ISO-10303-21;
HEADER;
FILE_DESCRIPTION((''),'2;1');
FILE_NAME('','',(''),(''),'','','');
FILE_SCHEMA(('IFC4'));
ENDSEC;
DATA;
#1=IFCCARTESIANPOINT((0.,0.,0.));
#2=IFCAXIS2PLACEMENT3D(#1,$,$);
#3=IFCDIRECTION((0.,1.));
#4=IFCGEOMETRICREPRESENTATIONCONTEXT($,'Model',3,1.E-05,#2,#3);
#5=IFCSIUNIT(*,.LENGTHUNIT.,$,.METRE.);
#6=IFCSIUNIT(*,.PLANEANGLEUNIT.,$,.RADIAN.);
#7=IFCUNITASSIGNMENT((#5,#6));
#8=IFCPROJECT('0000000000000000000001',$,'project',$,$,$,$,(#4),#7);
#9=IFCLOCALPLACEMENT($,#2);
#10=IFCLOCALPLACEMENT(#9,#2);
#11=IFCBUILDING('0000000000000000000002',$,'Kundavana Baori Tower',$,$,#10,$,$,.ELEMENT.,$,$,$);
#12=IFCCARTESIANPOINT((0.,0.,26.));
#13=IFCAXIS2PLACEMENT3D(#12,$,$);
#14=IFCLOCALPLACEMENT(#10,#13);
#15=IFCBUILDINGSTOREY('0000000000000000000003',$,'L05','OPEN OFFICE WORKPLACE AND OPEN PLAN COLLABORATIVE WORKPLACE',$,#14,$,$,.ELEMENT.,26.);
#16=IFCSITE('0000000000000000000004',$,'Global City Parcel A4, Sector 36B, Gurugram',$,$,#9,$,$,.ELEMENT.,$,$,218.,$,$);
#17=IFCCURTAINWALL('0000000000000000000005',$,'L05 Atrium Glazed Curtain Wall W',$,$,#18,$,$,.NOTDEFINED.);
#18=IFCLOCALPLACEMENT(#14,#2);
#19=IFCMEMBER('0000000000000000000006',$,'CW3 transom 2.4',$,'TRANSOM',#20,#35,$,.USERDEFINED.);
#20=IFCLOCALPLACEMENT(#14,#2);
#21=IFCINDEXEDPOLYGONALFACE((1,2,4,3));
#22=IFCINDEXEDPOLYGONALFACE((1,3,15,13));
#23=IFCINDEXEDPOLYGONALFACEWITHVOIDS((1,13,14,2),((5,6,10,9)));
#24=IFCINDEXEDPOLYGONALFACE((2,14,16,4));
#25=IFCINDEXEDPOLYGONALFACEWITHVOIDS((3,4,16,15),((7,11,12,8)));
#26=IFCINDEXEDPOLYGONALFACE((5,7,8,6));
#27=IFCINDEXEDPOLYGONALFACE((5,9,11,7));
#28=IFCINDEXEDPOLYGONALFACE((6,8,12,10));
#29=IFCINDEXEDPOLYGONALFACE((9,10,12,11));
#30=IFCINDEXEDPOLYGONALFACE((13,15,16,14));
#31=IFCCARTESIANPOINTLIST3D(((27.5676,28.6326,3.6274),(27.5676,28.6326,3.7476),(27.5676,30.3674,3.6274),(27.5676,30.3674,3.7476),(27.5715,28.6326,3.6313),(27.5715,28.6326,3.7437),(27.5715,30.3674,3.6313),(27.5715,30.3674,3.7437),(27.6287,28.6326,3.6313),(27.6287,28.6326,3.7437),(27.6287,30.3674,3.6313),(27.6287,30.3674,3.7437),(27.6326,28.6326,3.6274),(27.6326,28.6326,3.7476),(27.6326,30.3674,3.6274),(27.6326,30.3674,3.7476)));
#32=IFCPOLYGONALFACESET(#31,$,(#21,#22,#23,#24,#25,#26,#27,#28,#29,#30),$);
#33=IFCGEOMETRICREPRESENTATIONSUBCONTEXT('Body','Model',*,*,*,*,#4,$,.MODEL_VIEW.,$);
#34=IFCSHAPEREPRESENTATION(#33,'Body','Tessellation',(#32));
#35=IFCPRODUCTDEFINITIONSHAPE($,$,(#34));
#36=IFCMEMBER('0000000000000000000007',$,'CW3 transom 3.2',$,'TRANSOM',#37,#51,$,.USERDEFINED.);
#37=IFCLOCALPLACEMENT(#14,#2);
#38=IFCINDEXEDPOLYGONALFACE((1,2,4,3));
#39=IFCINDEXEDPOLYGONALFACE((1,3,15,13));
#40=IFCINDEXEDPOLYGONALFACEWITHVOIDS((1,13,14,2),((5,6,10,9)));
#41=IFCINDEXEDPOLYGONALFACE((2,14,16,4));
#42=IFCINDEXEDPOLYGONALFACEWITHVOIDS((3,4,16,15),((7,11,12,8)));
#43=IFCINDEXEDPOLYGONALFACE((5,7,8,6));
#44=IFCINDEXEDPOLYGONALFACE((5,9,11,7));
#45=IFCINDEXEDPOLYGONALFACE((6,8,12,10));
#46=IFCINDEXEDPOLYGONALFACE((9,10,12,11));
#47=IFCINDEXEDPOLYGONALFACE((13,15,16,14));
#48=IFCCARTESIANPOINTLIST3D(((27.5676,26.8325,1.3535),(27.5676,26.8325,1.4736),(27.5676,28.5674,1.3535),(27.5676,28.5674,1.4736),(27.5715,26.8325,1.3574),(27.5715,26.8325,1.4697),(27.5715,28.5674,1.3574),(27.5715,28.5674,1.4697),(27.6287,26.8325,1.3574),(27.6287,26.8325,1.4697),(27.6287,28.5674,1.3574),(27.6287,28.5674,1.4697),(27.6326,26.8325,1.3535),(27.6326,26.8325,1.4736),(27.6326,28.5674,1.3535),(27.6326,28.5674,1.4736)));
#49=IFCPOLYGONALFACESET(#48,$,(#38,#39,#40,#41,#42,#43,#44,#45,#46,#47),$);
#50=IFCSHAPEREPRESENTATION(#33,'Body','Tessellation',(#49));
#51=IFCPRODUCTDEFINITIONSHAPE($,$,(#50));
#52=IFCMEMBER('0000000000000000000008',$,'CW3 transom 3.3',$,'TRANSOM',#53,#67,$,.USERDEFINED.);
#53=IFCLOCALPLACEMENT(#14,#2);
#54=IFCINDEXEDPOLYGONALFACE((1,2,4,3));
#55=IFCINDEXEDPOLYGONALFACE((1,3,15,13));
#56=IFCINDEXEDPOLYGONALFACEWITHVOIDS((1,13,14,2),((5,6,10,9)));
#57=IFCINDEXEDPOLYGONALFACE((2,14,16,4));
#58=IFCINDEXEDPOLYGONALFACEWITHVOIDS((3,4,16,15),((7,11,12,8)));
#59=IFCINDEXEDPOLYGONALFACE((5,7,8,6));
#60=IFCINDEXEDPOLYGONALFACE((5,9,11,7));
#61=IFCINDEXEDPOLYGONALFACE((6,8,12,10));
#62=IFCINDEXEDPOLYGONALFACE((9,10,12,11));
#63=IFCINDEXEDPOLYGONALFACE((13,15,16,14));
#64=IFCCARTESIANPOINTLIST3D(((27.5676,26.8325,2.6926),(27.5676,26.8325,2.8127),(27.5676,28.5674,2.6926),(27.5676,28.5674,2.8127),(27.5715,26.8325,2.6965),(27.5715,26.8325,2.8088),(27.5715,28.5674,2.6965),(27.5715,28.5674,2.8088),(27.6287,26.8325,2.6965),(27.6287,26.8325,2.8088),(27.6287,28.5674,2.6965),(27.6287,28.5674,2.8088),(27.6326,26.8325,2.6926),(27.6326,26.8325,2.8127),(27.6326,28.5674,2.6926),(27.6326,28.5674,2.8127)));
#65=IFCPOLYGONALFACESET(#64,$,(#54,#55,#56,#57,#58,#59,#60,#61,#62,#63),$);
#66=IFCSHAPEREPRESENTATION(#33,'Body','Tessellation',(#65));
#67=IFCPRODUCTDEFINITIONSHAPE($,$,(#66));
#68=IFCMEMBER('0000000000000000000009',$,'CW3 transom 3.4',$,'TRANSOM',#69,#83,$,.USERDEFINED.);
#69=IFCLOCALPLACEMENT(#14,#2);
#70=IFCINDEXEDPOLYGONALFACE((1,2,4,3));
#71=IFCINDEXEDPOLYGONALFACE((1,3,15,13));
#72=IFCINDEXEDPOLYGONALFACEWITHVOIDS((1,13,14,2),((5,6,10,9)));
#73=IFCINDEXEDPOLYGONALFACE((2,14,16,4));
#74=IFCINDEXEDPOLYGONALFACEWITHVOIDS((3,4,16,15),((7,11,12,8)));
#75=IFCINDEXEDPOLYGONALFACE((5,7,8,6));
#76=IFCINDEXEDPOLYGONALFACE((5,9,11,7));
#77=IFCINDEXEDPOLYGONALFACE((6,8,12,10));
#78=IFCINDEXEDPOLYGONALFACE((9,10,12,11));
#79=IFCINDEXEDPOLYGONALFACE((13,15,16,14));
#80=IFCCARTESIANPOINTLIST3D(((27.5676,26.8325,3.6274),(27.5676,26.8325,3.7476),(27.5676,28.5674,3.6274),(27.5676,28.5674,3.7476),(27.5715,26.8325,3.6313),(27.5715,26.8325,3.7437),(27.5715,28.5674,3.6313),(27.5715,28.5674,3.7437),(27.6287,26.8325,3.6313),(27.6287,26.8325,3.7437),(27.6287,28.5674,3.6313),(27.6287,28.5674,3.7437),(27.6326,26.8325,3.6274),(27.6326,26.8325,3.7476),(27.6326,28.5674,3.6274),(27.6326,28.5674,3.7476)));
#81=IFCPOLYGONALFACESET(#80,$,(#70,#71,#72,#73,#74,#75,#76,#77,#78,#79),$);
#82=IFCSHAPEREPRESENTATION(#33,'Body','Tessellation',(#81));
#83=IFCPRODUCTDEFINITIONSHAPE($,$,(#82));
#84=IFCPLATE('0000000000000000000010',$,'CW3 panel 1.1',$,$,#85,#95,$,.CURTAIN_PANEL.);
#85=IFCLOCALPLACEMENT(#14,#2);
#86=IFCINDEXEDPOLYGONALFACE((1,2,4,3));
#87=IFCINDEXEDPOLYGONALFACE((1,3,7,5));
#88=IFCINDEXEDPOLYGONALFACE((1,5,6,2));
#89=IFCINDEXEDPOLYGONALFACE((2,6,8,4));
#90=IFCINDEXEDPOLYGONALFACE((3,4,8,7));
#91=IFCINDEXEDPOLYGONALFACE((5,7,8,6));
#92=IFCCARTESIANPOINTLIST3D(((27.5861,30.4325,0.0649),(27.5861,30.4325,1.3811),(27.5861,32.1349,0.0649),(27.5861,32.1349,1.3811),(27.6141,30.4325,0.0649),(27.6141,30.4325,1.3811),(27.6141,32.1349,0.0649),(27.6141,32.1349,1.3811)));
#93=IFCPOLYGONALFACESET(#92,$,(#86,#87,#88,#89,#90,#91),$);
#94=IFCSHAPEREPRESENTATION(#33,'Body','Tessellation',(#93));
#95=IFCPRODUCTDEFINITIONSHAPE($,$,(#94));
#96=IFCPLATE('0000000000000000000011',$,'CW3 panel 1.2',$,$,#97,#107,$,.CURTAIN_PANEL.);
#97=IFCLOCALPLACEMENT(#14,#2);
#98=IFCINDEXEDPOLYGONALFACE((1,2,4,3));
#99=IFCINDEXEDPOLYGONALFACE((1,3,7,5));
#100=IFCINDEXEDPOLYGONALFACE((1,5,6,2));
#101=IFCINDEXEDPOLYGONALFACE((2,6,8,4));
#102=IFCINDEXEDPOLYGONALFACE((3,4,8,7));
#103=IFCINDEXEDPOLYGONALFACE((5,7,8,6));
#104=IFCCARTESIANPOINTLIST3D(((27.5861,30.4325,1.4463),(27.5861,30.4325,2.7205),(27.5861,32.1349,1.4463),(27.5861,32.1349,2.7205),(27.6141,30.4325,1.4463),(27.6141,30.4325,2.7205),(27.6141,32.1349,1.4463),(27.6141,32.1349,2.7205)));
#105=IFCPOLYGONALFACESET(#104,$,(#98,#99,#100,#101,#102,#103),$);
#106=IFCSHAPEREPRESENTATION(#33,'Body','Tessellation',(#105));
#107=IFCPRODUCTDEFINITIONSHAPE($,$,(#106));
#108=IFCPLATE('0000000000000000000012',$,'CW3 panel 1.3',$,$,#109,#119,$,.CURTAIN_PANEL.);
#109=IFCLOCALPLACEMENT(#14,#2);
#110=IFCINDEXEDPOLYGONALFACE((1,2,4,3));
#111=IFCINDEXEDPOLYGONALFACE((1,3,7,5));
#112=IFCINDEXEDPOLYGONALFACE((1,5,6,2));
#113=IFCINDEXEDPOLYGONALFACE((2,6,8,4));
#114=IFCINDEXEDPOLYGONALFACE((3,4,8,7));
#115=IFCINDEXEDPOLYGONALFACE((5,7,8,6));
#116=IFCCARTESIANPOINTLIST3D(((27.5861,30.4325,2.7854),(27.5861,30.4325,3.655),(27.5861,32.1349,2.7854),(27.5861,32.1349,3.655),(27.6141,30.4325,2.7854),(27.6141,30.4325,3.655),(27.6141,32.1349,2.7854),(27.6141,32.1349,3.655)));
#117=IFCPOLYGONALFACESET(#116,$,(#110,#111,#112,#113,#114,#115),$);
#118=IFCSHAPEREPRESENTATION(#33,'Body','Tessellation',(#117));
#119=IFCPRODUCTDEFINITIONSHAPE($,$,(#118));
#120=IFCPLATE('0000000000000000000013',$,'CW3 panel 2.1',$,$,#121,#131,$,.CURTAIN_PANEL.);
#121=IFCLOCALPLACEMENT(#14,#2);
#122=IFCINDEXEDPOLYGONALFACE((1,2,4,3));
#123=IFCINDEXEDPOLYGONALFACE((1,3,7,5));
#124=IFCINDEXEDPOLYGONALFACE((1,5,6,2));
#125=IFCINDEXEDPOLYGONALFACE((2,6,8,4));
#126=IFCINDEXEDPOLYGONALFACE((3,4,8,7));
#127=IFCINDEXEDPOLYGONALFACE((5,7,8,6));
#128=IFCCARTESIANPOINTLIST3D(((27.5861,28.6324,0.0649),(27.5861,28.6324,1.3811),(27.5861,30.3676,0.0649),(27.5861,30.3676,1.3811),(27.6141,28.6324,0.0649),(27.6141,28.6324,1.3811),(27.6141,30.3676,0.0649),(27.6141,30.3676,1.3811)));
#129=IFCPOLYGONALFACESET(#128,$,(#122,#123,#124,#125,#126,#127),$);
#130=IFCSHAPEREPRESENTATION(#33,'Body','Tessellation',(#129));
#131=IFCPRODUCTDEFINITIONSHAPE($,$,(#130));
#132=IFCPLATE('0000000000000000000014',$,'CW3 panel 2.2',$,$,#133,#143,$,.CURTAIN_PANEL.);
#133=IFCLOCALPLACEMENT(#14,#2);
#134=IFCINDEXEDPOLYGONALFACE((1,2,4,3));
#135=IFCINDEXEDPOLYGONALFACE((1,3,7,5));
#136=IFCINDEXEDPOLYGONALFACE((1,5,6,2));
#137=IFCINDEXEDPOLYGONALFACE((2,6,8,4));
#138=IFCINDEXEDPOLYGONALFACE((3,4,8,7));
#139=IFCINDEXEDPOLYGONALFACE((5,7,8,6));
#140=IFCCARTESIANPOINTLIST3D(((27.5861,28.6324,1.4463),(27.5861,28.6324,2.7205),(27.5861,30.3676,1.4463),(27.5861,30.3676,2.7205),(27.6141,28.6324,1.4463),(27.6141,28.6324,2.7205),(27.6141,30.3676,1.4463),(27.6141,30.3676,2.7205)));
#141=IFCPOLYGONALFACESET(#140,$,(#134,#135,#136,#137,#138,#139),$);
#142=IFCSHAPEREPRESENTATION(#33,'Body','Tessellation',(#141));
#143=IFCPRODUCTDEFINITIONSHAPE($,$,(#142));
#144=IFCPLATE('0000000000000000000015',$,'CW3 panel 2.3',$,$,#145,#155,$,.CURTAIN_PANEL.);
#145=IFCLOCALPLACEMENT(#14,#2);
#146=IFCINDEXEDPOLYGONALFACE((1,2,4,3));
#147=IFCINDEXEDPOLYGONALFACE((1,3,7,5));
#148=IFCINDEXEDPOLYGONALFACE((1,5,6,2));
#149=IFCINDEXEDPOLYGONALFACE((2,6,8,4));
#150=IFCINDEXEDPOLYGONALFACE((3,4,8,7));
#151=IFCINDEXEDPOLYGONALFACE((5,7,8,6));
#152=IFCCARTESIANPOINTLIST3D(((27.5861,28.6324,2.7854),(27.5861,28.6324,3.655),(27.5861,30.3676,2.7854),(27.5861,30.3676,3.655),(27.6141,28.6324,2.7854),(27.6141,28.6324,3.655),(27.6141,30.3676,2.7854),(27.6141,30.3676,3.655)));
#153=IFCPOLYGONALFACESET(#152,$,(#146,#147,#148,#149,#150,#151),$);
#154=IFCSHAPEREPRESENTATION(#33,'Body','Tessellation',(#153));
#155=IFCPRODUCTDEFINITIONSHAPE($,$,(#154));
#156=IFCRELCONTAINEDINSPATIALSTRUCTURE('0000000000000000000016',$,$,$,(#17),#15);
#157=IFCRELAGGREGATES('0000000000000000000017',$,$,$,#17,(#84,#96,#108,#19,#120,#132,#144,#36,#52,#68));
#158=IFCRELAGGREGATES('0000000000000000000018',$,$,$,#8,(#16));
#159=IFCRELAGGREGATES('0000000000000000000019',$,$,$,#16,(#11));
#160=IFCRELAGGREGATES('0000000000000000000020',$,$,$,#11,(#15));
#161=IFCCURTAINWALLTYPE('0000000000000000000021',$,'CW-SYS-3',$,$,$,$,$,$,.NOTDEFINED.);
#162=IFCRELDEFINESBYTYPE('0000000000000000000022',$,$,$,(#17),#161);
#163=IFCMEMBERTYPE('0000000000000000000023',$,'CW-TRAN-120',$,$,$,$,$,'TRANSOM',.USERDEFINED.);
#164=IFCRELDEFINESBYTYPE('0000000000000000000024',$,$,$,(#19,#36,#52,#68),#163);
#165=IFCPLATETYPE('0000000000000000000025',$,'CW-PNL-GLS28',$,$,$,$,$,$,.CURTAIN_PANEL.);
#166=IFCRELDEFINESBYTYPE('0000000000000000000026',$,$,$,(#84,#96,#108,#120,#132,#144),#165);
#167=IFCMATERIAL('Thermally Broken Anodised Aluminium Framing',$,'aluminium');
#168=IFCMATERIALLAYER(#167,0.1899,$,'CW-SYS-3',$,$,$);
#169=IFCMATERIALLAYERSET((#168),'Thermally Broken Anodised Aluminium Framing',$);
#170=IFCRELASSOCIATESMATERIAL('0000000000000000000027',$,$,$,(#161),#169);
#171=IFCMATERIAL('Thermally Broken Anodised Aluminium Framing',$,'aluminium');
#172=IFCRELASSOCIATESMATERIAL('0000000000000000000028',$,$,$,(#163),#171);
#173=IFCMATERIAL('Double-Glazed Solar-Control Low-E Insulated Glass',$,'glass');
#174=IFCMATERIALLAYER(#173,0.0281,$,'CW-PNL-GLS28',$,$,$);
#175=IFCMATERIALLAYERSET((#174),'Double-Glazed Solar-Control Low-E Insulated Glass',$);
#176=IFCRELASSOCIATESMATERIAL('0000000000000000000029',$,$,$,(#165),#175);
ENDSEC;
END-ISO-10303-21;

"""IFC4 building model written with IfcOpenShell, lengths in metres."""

from ifc_helpers import new_model, si_unit, direction, frame, origin, origin_2d, place, context, subcontext, project, spatial, rectangle, hollow_rectangle, extrude, material, layer, layer_set, material_profile, profile_set, type_object, element, aggregate, save


model = new_model("IFC4")

# Units and contexts
model_context = context("Model", 3, precision=1e-05, world=origin(), true_north=direction((0.0, 1.0)))
body_context = subcontext(model_context, "Body", "Model", "MODEL_VIEW")
ifc_project = project(units=[si_unit("LENGTHUNIT", "METRE"), si_unit("PLANEANGLEUNIT", "RADIAN")], contexts=[model_context])

# Site, building, storey
site_placement = place(None, origin())
site = spatial("IfcSite", under=ifc_project, at=site_placement, Name="Global City Parcel A4, Sector 36B, Gurugram", CompositionType="ELEMENT", RefElevation=218.0)
building_placement = place(site_placement, origin())
building = spatial("IfcBuilding", under=site, at=building_placement, Name="Kundavana Baori Tower", CompositionType="ELEMENT")
storey_placement = place(building_placement, frame((0.0, 0.0, 26.0)))
storey = spatial("IfcBuildingStorey", under=building, at=storey_placement, Name="L05", Description="OPEN OFFICE WORKPLACE AND OPEN PLAN COLLABORATIVE WORKPLACE", CompositionType="ELEMENT", Elevation=26.0)

# Shared definitions
ifc_material_1 = material(Name="Thermally Broken Anodised Aluminium Framing", Category="aluminium")
ifc_layer_1 = layer(ifc_material_1, 0.1899, Name="CW-SYS-3")
ifc_layer_set_1 = layer_set([ifc_layer_1], Name="Thermally Broken Anodised Aluminium Framing")
curtain_wall_type = type_object("IfcCurtainWallType", Name="CW-SYS-3", PredefinedType="NOTDEFINED", material=ifc_layer_set_1)

# Curtain wall, members, plates
curtain_wall_1_placement = place(storey_placement, origin())
curtain_wall_1 = element("IfcCurtainWall", 1, at=curtain_wall_1_placement, inside=storey, type_object=curtain_wall_type, Name="L05 Atrium Glazed Curtain Wall W", PredefinedType="NOTDEFINED")
ifc_material_2 = material(Name="Thermally Broken Anodised Aluminium Framing", Category="aluminium")
ifc_material_profile_1 = material_profile(ifc_material_2, hollow_rectangle(XDim=0.0649, YDim=0.1201, WallThickness=0.0039, at=origin_2d()), Name="CW-TRAN-120")
ifc_profile_set_1 = profile_set([ifc_material_profile_1], Name="Thermally Broken Anodised Aluminium Framing")
member_type_1 = type_object("IfcMemberType", Name="CW-TRAN-120", ElementType="TRANSOM", PredefinedType="USERDEFINED", material=ifc_profile_set_1)
member_1_placement = place(storey_placement, frame((27.6001, 30.3674, 3.6875), z_axis=(0.0, -1.0, 0.0), x_axis=(1.0, 0.0, 0.0)))
member_1 = element("IfcMember", 2, at=member_1_placement, type_object=member_type_1, Name="CW3 transom 2.4", ObjectType="TRANSOM", PredefinedType="USERDEFINED", context=body_context, shape_type="SweptSolid", body=[
    extrude(hollow_rectangle(XDim=0.0649, YDim=0.1201, WallThickness=0.0039, at=origin_2d()), origin(), (0.0, 0.0, 1.0), 1.7349),
])
member_2_placement = place(storey_placement, frame((27.6001, 28.5674, 1.4136), z_axis=(0.0, -1.0, 0.0), x_axis=(1.0, 0.0, 0.0)))
member_2 = element("IfcMember", 3, at=member_2_placement, type_object=member_type_1, Name="CW3 transom 3.2", ObjectType="TRANSOM", PredefinedType="USERDEFINED", context=body_context, shape_type="SweptSolid", body=[
    extrude(hollow_rectangle(XDim=0.0649, YDim=0.1201, WallThickness=0.0039, at=origin_2d()), origin(), (0.0, 0.0, 1.0), 1.7349),
])
member_3_placement = place(storey_placement, frame((27.6001, 28.5674, 2.7527), z_axis=(0.0, -1.0, 0.0), x_axis=(1.0, 0.0, 0.0)))
member_3 = element("IfcMember", 4, at=member_3_placement, type_object=member_type_1, Name="CW3 transom 3.3", ObjectType="TRANSOM", PredefinedType="USERDEFINED", context=body_context, shape_type="SweptSolid", body=[
    extrude(hollow_rectangle(XDim=0.0649, YDim=0.1201, WallThickness=0.0039, at=origin_2d()), origin(), (0.0, 0.0, 1.0), 1.7349),
])
member_4_placement = place(storey_placement, frame((27.6001, 28.5674, 3.6875), z_axis=(0.0, -1.0, 0.0), x_axis=(1.0, 0.0, 0.0)))
member_4 = element("IfcMember", 5, at=member_4_placement, type_object=member_type_1, Name="CW3 transom 3.4", ObjectType="TRANSOM", PredefinedType="USERDEFINED", context=body_context, shape_type="SweptSolid", body=[
    extrude(hollow_rectangle(XDim=0.0649, YDim=0.1201, WallThickness=0.0039, at=origin_2d()), origin(), (0.0, 0.0, 1.0), 1.7349),
])
ifc_material_3 = material(Name="Double-Glazed Solar-Control Low-E Insulated Glass", Category="glass")
ifc_layer_2 = layer(ifc_material_3, 0.0281, Name="CW-PNL-GLS28")
ifc_layer_set_2 = layer_set([ifc_layer_2], Name="Double-Glazed Solar-Control Low-E Insulated Glass")
plate_type = type_object("IfcPlateType", Name="CW-PNL-GLS28", PredefinedType="CURTAIN_PANEL", material=ifc_layer_set_2)
plate_1_placement = place(storey_placement, frame((27.6001, 31.2837, 0.0649), z_axis=(0.0, 0.0, 1.0), x_axis=(0.0, -1.0, 0.0)))
plate_1 = element("IfcPlate", 6, at=plate_1_placement, type_object=plate_type, Name="CW3 panel 1.1", PredefinedType="CURTAIN_PANEL", context=body_context, shape_type="SweptSolid", body=[
    extrude(rectangle(XDim=1.7024, YDim=0.0281, at=origin_2d()), origin(), (0.0, 0.0, 1.0), 1.3162),
])
plate_2_placement = place(storey_placement, frame((27.6001, 31.2837, 1.4463), z_axis=(0.0, 0.0, 1.0), x_axis=(0.0, -1.0, 0.0)))
plate_2 = element("IfcPlate", 7, at=plate_2_placement, type_object=plate_type, Name="CW3 panel 1.2", PredefinedType="CURTAIN_PANEL", context=body_context, shape_type="SweptSolid", body=[
    extrude(rectangle(XDim=1.7024, YDim=0.0281, at=origin_2d()), origin(), (0.0, 0.0, 1.0), 1.2742),
])
plate_3_placement = place(storey_placement, frame((27.6001, 31.2837, 2.7854), z_axis=(0.0, 0.0, 1.0), x_axis=(0.0, -1.0, 0.0)))
plate_3 = element("IfcPlate", 8, at=plate_3_placement, type_object=plate_type, Name="CW3 panel 1.3", PredefinedType="CURTAIN_PANEL", context=body_context, shape_type="SweptSolid", body=[
    extrude(rectangle(XDim=1.7024, YDim=0.0281, at=origin_2d()), origin(), (0.0, 0.0, 1.0), 0.8696),
])
plate_4_placement = place(storey_placement, frame((27.6001, 29.5, 0.0649), z_axis=(0.0, 0.0, 1.0), x_axis=(0.0, -1.0, 0.0)))
plate_4 = element("IfcPlate", 9, at=plate_4_placement, type_object=plate_type, Name="CW3 panel 2.1", PredefinedType="CURTAIN_PANEL", context=body_context, shape_type="SweptSolid", body=[
    extrude(rectangle(XDim=1.7351, YDim=0.0281, at=origin_2d()), origin(), (0.0, 0.0, 1.0), 1.3162),
])
plate_5_placement = place(storey_placement, frame((27.6001, 29.5, 1.4463), z_axis=(0.0, 0.0, 1.0), x_axis=(0.0, -1.0, 0.0)))
plate_5 = element("IfcPlate", 10, at=plate_5_placement, type_object=plate_type, Name="CW3 panel 2.2", PredefinedType="CURTAIN_PANEL", context=body_context, shape_type="SweptSolid", body=[
    extrude(rectangle(XDim=1.7351, YDim=0.0281, at=origin_2d()), origin(), (0.0, 0.0, 1.0), 1.2742),
])
plate_6_placement = place(storey_placement, frame((27.6001, 29.5, 2.7854), z_axis=(0.0, 0.0, 1.0), x_axis=(0.0, -1.0, 0.0)))
plate_6 = element("IfcPlate", 11, at=plate_6_placement, type_object=plate_type, Name="CW3 panel 2.3", PredefinedType="CURTAIN_PANEL", context=body_context, shape_type="SweptSolid", body=[
    extrude(rectangle(XDim=1.7351, YDim=0.0281, at=origin_2d()), origin(), (0.0, 0.0, 1.0), 0.8696),
])
aggregate(curtain_wall_1, [plate_1, plate_2, plate_3, member_1, plate_4, plate_5, plate_6, member_2, member_3, member_4])

save(model, "model.ifc")
